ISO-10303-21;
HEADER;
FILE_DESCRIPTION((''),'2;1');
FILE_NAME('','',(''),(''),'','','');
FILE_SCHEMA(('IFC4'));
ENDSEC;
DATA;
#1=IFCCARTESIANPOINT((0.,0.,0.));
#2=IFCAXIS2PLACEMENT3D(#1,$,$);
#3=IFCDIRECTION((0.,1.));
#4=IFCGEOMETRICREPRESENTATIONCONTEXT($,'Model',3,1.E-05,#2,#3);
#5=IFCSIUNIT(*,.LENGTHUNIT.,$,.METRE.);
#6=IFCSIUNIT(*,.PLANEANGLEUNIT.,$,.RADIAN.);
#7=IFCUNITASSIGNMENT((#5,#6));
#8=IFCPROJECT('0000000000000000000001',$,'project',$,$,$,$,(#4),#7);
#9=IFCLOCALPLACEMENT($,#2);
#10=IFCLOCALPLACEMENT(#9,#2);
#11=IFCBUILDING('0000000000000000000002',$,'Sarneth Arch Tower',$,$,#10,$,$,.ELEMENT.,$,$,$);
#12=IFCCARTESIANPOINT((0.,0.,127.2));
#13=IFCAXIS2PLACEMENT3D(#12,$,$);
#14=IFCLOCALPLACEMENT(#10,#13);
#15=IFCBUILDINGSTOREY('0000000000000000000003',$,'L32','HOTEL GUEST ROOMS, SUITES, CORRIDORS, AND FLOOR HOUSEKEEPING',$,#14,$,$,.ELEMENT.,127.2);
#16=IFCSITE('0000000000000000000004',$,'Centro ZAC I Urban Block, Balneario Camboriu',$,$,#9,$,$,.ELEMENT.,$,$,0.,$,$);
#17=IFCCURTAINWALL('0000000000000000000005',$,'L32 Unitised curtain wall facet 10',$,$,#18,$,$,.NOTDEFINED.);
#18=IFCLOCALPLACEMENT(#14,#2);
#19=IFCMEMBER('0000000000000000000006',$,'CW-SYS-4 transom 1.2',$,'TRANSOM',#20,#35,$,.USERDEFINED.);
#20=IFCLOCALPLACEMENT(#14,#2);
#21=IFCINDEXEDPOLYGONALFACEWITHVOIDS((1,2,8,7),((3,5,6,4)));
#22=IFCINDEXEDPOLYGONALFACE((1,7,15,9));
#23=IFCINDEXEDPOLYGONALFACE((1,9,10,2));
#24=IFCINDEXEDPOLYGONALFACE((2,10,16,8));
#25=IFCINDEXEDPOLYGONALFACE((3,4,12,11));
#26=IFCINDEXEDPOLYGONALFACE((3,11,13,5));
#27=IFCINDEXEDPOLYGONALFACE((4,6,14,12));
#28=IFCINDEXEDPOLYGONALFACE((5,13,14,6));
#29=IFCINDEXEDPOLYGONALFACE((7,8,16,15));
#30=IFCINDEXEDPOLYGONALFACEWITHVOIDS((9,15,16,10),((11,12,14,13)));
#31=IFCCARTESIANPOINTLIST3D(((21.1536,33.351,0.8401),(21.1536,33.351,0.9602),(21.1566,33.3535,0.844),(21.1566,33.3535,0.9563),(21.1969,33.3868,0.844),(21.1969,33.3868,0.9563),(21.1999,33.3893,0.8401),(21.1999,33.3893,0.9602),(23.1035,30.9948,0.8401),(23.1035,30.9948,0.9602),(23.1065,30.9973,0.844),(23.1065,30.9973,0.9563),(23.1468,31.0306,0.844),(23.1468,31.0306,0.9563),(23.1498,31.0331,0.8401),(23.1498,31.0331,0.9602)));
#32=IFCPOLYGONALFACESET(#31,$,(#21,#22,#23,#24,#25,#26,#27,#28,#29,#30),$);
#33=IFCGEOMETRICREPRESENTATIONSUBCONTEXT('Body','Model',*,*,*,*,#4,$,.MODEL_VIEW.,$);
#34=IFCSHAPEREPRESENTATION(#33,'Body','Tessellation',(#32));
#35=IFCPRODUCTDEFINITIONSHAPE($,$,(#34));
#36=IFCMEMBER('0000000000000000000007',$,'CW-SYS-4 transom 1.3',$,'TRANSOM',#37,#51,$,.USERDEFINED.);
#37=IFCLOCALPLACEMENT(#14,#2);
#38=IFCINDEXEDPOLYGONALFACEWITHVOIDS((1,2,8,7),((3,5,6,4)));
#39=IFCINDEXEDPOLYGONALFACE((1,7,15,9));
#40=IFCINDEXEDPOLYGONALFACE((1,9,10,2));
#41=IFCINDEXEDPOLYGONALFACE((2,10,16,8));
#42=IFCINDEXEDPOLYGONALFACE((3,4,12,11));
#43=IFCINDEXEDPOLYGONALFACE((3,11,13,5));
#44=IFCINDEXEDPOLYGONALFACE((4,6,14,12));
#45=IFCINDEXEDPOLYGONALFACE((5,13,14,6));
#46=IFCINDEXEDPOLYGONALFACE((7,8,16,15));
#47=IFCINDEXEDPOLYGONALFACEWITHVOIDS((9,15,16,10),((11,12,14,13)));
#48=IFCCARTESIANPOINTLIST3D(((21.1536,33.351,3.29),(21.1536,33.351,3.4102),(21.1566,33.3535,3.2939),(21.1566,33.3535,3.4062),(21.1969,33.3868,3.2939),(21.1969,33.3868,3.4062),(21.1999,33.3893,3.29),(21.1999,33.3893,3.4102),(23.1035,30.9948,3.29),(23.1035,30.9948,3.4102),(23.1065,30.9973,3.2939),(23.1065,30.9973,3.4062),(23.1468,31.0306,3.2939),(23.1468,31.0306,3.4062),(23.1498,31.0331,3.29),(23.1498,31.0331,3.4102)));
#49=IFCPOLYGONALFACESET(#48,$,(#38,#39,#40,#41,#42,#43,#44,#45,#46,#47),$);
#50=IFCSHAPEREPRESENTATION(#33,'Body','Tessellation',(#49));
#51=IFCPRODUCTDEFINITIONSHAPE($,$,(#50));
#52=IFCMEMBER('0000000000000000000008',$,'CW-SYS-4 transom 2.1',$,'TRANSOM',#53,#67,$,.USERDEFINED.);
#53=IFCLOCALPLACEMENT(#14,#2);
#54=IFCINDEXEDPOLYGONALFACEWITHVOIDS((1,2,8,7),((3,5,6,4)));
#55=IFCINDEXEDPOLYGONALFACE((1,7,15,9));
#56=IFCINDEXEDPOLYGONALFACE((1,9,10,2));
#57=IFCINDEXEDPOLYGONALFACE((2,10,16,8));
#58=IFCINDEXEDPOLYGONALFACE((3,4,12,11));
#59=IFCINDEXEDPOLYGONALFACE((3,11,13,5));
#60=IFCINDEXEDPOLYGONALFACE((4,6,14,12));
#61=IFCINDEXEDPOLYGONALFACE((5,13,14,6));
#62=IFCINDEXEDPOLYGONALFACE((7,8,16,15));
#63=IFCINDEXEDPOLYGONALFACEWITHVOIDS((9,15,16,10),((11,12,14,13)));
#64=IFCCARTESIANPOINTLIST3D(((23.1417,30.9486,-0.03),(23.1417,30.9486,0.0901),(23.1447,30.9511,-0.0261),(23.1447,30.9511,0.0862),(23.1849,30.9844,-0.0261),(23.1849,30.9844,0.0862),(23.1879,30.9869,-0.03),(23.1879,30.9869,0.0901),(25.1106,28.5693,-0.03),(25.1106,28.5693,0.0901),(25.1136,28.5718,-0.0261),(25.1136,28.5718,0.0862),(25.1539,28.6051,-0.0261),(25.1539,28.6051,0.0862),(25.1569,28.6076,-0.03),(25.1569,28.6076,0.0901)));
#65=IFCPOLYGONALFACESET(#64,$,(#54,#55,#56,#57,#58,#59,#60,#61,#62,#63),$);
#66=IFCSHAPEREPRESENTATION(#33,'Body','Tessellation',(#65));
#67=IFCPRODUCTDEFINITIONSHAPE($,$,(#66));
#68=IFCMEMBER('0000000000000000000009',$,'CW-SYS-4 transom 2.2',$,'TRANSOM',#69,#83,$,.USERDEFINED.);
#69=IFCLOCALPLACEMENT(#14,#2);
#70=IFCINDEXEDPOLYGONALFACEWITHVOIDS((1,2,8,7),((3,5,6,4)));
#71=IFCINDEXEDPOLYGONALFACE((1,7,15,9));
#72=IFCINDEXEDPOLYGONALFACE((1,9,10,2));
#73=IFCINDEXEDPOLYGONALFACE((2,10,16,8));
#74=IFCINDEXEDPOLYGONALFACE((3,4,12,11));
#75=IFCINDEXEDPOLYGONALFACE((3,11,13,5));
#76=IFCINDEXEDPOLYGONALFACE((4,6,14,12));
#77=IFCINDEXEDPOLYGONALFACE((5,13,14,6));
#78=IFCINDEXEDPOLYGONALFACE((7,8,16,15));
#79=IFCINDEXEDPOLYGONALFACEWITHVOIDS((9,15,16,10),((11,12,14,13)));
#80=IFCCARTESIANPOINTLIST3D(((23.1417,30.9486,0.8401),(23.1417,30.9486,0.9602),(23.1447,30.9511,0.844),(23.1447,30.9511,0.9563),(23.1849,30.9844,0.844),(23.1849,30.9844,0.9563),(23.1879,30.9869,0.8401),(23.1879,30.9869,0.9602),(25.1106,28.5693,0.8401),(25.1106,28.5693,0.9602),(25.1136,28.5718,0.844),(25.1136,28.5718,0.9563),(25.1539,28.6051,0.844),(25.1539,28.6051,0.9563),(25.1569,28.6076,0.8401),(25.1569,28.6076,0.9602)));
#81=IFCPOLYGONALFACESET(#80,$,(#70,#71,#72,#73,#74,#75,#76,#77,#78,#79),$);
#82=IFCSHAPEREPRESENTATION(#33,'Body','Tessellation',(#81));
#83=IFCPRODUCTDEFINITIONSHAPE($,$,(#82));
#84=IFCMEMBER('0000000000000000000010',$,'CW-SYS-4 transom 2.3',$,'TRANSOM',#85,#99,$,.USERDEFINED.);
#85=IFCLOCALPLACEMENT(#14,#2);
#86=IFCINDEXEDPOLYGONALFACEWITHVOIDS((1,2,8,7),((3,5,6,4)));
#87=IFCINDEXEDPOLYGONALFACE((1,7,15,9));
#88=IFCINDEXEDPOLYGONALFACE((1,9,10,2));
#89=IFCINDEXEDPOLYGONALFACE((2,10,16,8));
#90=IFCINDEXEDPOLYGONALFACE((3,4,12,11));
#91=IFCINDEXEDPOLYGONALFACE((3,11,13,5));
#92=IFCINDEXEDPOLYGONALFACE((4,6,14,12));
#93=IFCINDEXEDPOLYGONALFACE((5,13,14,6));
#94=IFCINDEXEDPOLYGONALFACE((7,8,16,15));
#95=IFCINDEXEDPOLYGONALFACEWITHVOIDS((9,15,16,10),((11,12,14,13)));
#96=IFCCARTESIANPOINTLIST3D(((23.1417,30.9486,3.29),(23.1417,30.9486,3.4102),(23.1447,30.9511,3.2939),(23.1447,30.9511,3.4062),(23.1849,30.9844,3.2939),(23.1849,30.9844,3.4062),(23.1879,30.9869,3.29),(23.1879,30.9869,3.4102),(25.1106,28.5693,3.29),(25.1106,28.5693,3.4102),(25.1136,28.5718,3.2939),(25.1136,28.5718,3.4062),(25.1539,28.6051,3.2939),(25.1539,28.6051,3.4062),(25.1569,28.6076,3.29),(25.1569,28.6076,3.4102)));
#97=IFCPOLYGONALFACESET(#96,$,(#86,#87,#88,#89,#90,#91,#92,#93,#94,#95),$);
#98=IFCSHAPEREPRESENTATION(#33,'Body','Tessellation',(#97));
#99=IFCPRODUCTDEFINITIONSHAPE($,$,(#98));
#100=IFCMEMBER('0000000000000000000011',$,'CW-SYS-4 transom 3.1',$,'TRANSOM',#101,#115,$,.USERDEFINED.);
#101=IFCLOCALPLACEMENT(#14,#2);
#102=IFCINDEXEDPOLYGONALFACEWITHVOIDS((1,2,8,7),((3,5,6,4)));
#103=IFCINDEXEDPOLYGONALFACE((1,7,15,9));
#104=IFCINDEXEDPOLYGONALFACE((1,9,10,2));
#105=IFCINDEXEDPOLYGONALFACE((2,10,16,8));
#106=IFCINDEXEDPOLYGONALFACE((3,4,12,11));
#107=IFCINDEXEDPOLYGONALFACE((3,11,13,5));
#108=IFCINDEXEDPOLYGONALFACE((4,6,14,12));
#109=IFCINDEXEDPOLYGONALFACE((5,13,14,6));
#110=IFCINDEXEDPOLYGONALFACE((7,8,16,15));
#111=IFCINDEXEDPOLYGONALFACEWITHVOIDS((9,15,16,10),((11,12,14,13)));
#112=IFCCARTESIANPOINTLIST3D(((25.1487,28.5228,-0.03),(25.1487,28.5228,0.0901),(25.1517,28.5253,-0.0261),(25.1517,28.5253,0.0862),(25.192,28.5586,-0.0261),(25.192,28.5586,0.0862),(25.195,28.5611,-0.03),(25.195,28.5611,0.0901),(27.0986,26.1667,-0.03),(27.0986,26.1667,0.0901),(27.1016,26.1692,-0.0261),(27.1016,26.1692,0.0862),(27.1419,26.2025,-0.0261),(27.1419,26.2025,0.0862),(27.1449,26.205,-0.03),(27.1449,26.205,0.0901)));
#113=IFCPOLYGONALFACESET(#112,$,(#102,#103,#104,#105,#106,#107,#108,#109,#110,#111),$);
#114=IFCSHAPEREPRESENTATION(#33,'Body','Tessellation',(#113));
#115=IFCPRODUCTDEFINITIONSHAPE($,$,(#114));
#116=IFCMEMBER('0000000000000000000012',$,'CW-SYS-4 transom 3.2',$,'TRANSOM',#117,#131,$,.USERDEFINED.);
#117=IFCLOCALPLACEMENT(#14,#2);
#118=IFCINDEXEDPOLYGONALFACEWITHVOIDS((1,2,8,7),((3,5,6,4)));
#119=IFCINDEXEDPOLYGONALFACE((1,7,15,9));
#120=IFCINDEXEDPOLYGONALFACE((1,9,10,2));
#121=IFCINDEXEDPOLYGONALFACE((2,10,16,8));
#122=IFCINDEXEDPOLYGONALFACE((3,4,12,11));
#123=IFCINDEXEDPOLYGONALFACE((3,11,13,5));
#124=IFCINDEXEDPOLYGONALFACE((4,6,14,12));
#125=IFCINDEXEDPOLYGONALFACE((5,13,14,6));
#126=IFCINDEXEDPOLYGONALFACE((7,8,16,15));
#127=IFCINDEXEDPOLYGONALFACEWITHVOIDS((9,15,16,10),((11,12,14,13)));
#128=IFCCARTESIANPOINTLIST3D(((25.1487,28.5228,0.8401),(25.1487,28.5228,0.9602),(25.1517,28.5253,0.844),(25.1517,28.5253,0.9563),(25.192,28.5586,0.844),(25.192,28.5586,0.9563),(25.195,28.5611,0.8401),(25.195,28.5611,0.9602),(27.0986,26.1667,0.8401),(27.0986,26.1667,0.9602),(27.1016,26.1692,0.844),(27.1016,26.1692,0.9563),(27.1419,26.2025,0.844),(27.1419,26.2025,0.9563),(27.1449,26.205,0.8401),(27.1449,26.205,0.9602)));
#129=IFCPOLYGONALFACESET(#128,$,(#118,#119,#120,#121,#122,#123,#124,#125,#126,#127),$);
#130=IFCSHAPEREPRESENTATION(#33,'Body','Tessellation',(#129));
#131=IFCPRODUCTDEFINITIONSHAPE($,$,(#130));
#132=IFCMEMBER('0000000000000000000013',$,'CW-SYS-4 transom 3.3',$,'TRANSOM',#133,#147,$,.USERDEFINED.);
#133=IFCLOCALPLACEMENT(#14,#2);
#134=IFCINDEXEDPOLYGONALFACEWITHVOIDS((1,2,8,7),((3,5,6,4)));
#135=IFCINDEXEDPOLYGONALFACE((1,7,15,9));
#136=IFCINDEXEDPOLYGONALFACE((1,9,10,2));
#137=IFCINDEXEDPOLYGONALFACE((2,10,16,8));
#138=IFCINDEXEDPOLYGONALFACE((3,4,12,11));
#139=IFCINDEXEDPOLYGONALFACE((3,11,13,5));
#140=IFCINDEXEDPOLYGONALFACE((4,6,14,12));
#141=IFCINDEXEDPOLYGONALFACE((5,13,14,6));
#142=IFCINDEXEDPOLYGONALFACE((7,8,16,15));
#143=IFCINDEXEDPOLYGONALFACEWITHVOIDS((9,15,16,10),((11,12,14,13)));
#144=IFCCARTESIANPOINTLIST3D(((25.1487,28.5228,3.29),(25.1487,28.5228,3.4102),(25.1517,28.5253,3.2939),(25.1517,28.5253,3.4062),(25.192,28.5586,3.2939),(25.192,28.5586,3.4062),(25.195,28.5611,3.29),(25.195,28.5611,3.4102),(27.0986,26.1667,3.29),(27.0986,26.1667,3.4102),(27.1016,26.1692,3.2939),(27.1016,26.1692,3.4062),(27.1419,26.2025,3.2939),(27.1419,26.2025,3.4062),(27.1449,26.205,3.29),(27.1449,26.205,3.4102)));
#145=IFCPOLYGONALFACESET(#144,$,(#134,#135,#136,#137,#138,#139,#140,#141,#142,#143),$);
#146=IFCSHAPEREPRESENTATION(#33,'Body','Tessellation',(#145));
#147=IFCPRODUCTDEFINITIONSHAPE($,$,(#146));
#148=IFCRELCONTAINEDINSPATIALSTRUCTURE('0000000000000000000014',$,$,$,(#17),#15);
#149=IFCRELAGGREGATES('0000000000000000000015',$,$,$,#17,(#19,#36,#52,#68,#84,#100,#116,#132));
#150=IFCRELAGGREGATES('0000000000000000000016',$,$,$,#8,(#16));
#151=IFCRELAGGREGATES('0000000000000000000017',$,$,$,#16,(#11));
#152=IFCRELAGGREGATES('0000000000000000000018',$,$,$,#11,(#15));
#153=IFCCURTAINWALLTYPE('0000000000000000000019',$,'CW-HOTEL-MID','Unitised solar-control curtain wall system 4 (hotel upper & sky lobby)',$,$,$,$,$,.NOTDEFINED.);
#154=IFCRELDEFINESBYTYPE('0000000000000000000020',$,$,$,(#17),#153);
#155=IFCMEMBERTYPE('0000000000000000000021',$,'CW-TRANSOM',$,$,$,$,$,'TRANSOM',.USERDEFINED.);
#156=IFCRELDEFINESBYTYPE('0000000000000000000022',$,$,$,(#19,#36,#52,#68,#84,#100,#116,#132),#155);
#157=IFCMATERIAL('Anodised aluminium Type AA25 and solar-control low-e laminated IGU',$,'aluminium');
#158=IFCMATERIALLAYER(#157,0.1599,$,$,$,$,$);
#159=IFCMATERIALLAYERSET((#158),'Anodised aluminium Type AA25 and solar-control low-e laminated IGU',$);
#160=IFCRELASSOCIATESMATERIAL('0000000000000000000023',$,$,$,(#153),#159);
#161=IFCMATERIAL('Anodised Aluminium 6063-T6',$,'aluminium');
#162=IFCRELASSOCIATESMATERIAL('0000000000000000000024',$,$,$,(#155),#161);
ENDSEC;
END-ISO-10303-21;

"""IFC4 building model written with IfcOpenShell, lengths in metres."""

from ifc_helpers import new_model, si_unit, direction, frame, origin, origin_2d, place, context, subcontext, project, spatial, hollow_rectangle, extrude, material, layer, layer_set, material_profile, profile_set, type_object, element, aggregate, save


model = new_model("IFC4")

# Units and contexts
model_context = context("Model", 3, precision=1e-05, world=origin(), true_north=direction((0.0, 1.0)))
body_context = subcontext(model_context, "Body", "Model", "MODEL_VIEW")
ifc_project = project(units=[si_unit("LENGTHUNIT", "METRE"), si_unit("PLANEANGLEUNIT", "RADIAN")], contexts=[model_context])

# Site, building, storey
site_placement = place(None, origin())
site = spatial("IfcSite", under=ifc_project, at=site_placement, Name="Centro ZAC I Urban Block, Balneario Camboriu", CompositionType="ELEMENT", RefElevation=0.0)
building_placement = place(site_placement, origin())
building = spatial("IfcBuilding", under=site, at=building_placement, Name="Sarneth Arch Tower", CompositionType="ELEMENT")
storey_placement = place(building_placement, frame((0.0, 0.0, 127.2)))
storey = spatial("IfcBuildingStorey", under=building, at=storey_placement, Name="L32", Description="HOTEL GUEST ROOMS, SUITES, CORRIDORS, AND FLOOR HOUSEKEEPING", CompositionType="ELEMENT", Elevation=127.2)

# Curtain wall, members
ifc_material_1 = material(Name="Anodised aluminium Type AA25 and solar-control low-e laminated IGU", Category="aluminium")
ifc_layer_1 = layer(ifc_material_1, 0.1599)
ifc_layer_set_1 = layer_set([ifc_layer_1], Name="Anodised aluminium Type AA25 and solar-control low-e laminated IGU")
curtain_wall_type = type_object("IfcCurtainWallType", Name="CW-HOTEL-MID", Description="Unitised solar-control curtain wall system 4 (hotel upper & sky lobby)", PredefinedType="NOTDEFINED", material=ifc_layer_set_1)
curtain_wall_placement = place(storey_placement, origin())
curtain_wall = element("IfcCurtainWall", 1, at=curtain_wall_placement, inside=storey, type_object=curtain_wall_type, Name="L32 Unitised curtain wall facet 10", PredefinedType="NOTDEFINED")
ifc_material_2 = material(Name="Anodised Aluminium 6063-T6", Category="aluminium")
ifc_material_profile_1 = material_profile(ifc_material_2, hollow_rectangle(XDim=0.0601, YDim=0.1201, WallThickness=0.0039, at=origin_2d()), Name="AL-TRAN-120x60x4")
ifc_profile_set_1 = profile_set([ifc_material_profile_1], Name="Anodised Aluminium 6063-T6")
member_type_1 = type_object("IfcMemberType", Name="CW-TRANSOM", ElementType="TRANSOM", PredefinedType="USERDEFINED", material=ifc_profile_set_1)
member_1_placement = place(storey_placement, frame((21.1768, 33.3701, 0.9001), z_axis=(0.637566, -0.770396, 0.0), x_axis=(0.770396, 0.637566, 0.0)))
member_1 = element("IfcMember", 2, at=member_1_placement, type_object=member_type_1, Name="CW-SYS-4 transom 1.2", ObjectType="TRANSOM", PredefinedType="USERDEFINED", context=body_context, shape_type="SweptSolid", body=[
    extrude(hollow_rectangle(XDim=0.0601, YDim=0.1201, WallThickness=0.0039, at=origin_2d()), origin(), (0.0, 0.0, 1.0), 3.0583),
])
member_2_placement = place(storey_placement, frame((21.1768, 33.3701, 3.3501), z_axis=(0.637566, -0.770396, 0.0), x_axis=(0.770396, 0.637566, 0.0)))
member_2 = element("IfcMember", 3, at=member_2_placement, type_object=member_type_1, Name="CW-SYS-4 transom 1.3", ObjectType="TRANSOM", PredefinedType="USERDEFINED", context=body_context, shape_type="SweptSolid", body=[
    extrude(hollow_rectangle(XDim=0.0601, YDim=0.1201, WallThickness=0.0039, at=origin_2d()), origin(), (0.0, 0.0, 1.0), 3.0583),
])
member_3_placement = place(storey_placement, frame((23.1648, 30.9678, 0.03), z_axis=(0.637537, -0.77042, 0.0), x_axis=(0.77042, 0.637537, 0.0)))
member_3 = element("IfcMember", 4, at=member_3_placement, type_object=member_type_1, Name="CW-SYS-4 transom 2.1", ObjectType="TRANSOM", PredefinedType="USERDEFINED", context=body_context, shape_type="SweptSolid", body=[
    extrude(hollow_rectangle(XDim=0.0601, YDim=0.1201, WallThickness=0.0039, at=origin_2d()), origin(), (0.0, 0.0, 1.0), 3.0884),
])
member_4_placement = place(storey_placement, frame((23.1648, 30.9678, 0.9001), z_axis=(0.637537, -0.77042, 0.0), x_axis=(0.77042, 0.637537, 0.0)))
member_4 = element("IfcMember", 5, at=member_4_placement, type_object=member_type_1, Name="CW-SYS-4 transom 2.2", ObjectType="TRANSOM", PredefinedType="USERDEFINED", context=body_context, shape_type="SweptSolid", body=[
    extrude(hollow_rectangle(XDim=0.0601, YDim=0.1201, WallThickness=0.0039, at=origin_2d()), origin(), (0.0, 0.0, 1.0), 3.0884),
])
member_5_placement = place(storey_placement, frame((23.1648, 30.9678, 3.3501), z_axis=(0.637537, -0.77042, 0.0), x_axis=(0.77042, 0.637537, 0.0)))
member_5 = element("IfcMember", 6, at=member_5_placement, type_object=member_type_1, Name="CW-SYS-4 transom 2.3", ObjectType="TRANSOM", PredefinedType="USERDEFINED", context=body_context, shape_type="SweptSolid", body=[
    extrude(hollow_rectangle(XDim=0.0601, YDim=0.1201, WallThickness=0.0039, at=origin_2d()), origin(), (0.0, 0.0, 1.0), 3.0884),
])
member_6_placement = place(storey_placement, frame((25.1719, 28.542, 0.03), z_axis=(0.637566, -0.770396, 0.0), x_axis=(0.770396, 0.637566, 0.0)))
member_6 = element("IfcMember", 7, at=member_6_placement, type_object=member_type_1, Name="CW-SYS-4 transom 3.1", ObjectType="TRANSOM", PredefinedType="USERDEFINED", context=body_context, shape_type="SweptSolid", body=[
    extrude(hollow_rectangle(XDim=0.0601, YDim=0.1201, WallThickness=0.0039, at=origin_2d()), origin(), (0.0, 0.0, 1.0), 3.0583),
])
member_7_placement = place(storey_placement, frame((25.1719, 28.542, 0.9001), z_axis=(0.637566, -0.770396, 0.0), x_axis=(0.770396, 0.637566, 0.0)))
member_7 = element("IfcMember", 8, at=member_7_placement, type_object=member_type_1, Name="CW-SYS-4 transom 3.2", ObjectType="TRANSOM", PredefinedType="USERDEFINED", context=body_context, shape_type="SweptSolid", body=[
    extrude(hollow_rectangle(XDim=0.0601, YDim=0.1201, WallThickness=0.0039, at=origin_2d()), origin(), (0.0, 0.0, 1.0), 3.0583),
])
member_8_placement = place(storey_placement, frame((25.1719, 28.542, 3.3501), z_axis=(0.637566, -0.770396, 0.0), x_axis=(0.770396, 0.637566, 0.0)))
member_8 = element("IfcMember", 9, at=member_8_placement, type_object=member_type_1, Name="CW-SYS-4 transom 3.3", ObjectType="TRANSOM", PredefinedType="USERDEFINED", context=body_context, shape_type="SweptSolid", body=[
    extrude(hollow_rectangle(XDim=0.0601, YDim=0.1201, WallThickness=0.0039, at=origin_2d()), origin(), (0.0, 0.0, 1.0), 3.0583),
])

aggregate(curtain_wall, [member_1, member_2, member_3, member_4, member_5, member_6, member_7, member_8])

save(model, "model.ifc")
